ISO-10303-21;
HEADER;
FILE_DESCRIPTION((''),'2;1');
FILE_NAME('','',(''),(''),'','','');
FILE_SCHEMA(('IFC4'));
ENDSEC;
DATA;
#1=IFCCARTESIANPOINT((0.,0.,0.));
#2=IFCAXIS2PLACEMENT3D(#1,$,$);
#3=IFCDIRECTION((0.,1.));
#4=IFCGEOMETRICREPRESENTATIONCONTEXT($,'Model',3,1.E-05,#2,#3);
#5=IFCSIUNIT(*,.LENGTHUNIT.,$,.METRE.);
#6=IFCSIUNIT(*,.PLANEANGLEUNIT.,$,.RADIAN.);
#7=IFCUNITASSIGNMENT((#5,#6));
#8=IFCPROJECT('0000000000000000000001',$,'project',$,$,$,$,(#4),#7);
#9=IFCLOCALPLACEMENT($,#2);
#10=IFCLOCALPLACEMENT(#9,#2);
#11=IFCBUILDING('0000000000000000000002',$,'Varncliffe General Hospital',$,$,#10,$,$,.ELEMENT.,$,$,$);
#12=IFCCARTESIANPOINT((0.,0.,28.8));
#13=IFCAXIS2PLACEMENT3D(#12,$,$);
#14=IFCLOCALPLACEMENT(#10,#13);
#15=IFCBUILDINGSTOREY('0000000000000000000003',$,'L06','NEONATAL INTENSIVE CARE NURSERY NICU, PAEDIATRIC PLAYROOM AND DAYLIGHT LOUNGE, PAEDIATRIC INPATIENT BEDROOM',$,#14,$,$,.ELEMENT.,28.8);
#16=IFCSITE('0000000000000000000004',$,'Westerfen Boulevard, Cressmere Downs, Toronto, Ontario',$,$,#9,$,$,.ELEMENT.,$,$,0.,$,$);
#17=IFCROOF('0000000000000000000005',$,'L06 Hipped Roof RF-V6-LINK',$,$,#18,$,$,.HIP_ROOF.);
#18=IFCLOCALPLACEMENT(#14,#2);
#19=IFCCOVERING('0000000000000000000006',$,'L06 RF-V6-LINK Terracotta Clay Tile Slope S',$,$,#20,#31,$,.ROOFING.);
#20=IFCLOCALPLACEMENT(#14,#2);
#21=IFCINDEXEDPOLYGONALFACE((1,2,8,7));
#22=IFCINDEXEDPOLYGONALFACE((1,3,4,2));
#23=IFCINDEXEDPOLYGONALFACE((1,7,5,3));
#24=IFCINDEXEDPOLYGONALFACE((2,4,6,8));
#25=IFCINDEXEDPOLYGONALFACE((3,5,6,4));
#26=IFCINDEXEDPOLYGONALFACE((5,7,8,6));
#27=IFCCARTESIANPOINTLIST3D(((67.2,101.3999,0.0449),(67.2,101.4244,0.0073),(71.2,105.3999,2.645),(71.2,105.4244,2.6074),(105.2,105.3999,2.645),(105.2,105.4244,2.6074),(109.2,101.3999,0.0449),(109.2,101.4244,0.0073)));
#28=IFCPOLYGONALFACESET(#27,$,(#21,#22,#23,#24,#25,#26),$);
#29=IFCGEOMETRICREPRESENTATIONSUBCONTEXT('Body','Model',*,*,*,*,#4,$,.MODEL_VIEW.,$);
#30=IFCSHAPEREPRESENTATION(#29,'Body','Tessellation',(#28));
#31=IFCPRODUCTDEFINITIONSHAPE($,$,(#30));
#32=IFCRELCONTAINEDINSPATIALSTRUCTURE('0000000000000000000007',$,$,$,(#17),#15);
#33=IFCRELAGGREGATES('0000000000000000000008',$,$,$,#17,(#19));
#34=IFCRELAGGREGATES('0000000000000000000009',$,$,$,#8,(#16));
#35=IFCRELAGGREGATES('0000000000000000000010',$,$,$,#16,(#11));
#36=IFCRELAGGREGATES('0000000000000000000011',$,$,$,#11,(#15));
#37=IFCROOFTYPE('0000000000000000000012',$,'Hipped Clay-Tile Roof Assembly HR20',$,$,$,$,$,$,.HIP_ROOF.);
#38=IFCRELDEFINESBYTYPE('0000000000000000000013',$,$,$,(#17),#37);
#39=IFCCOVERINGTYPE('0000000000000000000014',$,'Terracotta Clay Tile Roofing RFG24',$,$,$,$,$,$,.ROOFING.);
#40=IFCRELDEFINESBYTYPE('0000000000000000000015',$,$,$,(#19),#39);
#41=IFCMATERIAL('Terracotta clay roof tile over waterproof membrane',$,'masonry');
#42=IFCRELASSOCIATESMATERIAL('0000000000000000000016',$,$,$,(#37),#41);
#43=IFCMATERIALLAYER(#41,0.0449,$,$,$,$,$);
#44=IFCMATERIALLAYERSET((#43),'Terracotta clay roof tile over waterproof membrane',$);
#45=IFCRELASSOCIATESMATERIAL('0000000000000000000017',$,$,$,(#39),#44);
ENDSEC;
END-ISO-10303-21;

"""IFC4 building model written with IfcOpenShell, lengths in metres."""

from ifc_helpers import new_model, si_unit, direction, frame, origin, place, context, subcontext, project, spatial, polyline, outline, extrude, material, layer, layer_set, type_object, element, aggregate, save


model = new_model("IFC4")

# Units and contexts
model_context = context("Model", 3, precision=1e-05, world=origin(), true_north=direction((0.0, 1.0)))
body_context = subcontext(model_context, "Body", "Model", "MODEL_VIEW")
ifc_project = project(units=[si_unit("LENGTHUNIT", "METRE"), si_unit("PLANEANGLEUNIT", "RADIAN")], contexts=[model_context])

# Site, building, storey
site_placement = place(None, origin())
site = spatial("IfcSite", under=ifc_project, at=site_placement, Name="Westerfen Boulevard, Cressmere Downs, Toronto, Ontario", CompositionType="ELEMENT", RefElevation=0.0)
building_placement = place(site_placement, origin())
building = spatial("IfcBuilding", under=site, at=building_placement, Name="Varncliffe General Hospital", CompositionType="ELEMENT")
storey_placement = place(building_placement, frame((0.0, 0.0, 28.8)))
storey = spatial("IfcBuildingStorey", under=building, at=storey_placement, Name="L06", Description="NEONATAL INTENSIVE CARE NURSERY NICU, PAEDIATRIC PLAYROOM AND DAYLIGHT LOUNGE, PAEDIATRIC INPATIENT BEDROOM", CompositionType="ELEMENT", Elevation=28.8)

# Roof, covering
ifc_material_1 = material(Name="Terracotta clay roof tile over waterproof membrane", Category="masonry")
roof_type = type_object("IfcRoofType", Name="Hipped Clay-Tile Roof Assembly HR20", PredefinedType="HIP_ROOF", material=ifc_material_1)
roof_placement = place(storey_placement, origin())
roof = element("IfcRoof", 1, at=roof_placement, inside=storey, type_object=roof_type, Name="L06 Hipped Roof RF-V6-LINK", PredefinedType="HIP_ROOF")
ifc_layer_1 = layer(ifc_material_1, 0.0449)
ifc_layer_set_1 = layer_set([ifc_layer_1], Name="Terracotta clay roof tile over waterproof membrane")
covering_type = type_object("IfcCoveringType", Name="Terracotta Clay Tile Roofing RFG24", PredefinedType="ROOFING", material=ifc_layer_set_1)
covering_placement = place(storey_placement, frame((67.2, 101.3999, 0.0449), z_axis=(0.0, -0.545003, 0.838434), x_axis=(1.0, 0.0, 0.0)))
covering = element("IfcCovering", 2, at=covering_placement, type_object=covering_type, Name="L06 RF-V6-LINK Terracotta Clay Tile Slope S", PredefinedType="ROOFING", context=body_context, shape_type="SweptSolid", body=[
    extrude(outline(polyline([(0.0, 0.0), (42.0, 0.0), (38.0, 4.7708), (4.0, 4.7708), (0.0, 0.0)])), origin(), (0.0, 0.0, -1.0), 0.0449),
])
aggregate(roof, [covering])

save(model, "model.ifc")
